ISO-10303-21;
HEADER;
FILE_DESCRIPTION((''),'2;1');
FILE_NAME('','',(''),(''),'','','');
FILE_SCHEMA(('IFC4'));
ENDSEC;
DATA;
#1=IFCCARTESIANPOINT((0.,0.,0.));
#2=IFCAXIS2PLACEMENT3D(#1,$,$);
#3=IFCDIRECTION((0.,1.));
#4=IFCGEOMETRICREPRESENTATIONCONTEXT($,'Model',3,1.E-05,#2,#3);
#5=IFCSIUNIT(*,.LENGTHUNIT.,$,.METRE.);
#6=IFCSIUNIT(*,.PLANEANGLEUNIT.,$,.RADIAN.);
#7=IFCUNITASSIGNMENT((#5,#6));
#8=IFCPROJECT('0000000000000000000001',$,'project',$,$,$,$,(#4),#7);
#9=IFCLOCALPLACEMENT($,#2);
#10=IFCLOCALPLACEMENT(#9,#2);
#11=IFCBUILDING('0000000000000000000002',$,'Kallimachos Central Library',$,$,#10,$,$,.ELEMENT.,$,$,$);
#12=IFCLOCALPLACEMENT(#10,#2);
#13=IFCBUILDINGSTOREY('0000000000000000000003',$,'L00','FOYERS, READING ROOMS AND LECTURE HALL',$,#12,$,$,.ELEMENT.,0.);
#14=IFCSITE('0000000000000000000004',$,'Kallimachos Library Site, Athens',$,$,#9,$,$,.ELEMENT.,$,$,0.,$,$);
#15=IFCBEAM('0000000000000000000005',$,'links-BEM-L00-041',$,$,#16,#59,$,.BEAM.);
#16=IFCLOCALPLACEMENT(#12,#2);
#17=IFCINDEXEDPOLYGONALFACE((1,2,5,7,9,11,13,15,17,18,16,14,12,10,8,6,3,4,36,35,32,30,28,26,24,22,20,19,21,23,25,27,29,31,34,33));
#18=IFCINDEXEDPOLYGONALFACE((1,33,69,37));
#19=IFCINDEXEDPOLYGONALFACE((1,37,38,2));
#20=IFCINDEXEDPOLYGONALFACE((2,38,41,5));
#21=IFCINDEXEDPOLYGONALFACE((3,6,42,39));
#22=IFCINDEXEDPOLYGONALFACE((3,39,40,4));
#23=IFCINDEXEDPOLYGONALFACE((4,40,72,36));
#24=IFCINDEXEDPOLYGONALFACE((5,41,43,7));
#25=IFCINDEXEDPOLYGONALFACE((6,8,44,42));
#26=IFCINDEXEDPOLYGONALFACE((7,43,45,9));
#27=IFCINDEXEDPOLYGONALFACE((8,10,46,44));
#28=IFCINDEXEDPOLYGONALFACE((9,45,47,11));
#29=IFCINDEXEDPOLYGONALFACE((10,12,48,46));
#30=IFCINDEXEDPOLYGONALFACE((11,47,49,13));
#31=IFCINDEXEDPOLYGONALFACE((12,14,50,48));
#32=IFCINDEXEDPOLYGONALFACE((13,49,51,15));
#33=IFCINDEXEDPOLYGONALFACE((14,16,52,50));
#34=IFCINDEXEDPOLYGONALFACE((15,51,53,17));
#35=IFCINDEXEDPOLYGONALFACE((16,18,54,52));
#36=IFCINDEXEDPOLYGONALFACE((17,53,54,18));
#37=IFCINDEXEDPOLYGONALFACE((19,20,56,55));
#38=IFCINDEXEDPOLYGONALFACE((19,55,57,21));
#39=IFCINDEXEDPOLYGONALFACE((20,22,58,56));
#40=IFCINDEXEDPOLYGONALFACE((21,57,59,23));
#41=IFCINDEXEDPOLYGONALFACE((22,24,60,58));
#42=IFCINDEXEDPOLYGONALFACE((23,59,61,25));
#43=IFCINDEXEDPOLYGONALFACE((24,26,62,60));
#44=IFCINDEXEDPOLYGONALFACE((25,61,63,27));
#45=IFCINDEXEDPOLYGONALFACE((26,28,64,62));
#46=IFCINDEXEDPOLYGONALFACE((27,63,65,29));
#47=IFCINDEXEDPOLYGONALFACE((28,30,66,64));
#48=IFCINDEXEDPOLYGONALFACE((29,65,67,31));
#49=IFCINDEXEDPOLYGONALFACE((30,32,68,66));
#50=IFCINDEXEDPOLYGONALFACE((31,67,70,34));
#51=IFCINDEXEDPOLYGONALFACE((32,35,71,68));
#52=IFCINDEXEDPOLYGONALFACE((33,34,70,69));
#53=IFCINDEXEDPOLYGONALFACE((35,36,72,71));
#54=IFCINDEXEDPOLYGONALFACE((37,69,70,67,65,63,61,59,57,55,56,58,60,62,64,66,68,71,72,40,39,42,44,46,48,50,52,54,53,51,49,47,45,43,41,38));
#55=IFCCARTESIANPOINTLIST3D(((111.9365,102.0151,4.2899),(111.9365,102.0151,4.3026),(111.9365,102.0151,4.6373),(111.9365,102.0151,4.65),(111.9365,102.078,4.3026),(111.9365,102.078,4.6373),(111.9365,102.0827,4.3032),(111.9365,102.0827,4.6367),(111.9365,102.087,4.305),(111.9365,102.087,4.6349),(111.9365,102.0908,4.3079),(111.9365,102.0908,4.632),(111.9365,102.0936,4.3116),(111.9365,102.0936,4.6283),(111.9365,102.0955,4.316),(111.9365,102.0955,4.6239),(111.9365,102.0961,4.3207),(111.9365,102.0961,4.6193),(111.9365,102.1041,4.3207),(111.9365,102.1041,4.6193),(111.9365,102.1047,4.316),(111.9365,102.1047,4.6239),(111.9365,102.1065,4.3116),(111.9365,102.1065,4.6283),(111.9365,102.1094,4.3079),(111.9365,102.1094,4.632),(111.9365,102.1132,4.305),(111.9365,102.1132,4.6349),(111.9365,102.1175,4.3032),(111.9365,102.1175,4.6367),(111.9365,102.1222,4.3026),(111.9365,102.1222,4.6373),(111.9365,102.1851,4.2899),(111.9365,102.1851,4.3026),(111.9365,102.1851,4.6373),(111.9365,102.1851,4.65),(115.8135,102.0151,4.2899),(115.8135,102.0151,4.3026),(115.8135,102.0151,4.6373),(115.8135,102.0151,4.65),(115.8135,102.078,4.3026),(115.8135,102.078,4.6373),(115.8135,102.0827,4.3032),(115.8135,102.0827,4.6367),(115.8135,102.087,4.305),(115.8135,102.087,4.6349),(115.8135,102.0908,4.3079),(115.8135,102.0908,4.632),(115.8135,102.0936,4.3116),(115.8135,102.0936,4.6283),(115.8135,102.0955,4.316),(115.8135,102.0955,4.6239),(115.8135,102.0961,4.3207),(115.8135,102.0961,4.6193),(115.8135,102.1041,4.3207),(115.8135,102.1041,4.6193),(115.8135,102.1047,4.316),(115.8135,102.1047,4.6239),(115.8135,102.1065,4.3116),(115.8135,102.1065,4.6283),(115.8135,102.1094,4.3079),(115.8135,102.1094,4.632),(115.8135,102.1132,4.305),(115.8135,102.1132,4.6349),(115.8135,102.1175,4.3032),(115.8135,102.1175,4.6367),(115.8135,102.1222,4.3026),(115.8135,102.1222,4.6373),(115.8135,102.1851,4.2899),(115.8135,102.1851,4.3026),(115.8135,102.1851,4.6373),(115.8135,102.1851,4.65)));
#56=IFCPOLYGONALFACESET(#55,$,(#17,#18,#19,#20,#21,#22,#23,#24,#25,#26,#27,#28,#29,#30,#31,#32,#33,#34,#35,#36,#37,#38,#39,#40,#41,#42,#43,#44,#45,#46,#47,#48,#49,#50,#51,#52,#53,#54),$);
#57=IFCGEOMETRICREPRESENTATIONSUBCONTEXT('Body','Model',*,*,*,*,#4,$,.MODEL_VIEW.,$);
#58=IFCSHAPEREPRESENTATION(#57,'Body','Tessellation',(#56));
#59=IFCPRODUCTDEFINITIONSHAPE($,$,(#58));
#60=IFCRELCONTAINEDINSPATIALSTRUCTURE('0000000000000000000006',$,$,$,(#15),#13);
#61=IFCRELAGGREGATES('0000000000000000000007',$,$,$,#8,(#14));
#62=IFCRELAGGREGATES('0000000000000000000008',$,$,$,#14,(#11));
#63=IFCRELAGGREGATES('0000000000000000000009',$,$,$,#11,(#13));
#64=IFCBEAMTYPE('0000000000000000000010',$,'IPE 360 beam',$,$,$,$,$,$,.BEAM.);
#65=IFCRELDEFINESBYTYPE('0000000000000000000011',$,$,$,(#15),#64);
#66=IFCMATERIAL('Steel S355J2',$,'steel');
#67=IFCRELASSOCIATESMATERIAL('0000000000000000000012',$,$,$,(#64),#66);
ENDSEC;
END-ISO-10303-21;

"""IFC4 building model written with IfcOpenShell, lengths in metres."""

from ifc_helpers import new_model, si_unit, direction, frame, origin, origin_2d, place, context, subcontext, project, spatial, i_section, extrude, material, material_profile, profile_set, type_object, element, save


model = new_model("IFC4")

# Units and contexts
model_context = context("Model", 3, precision=1e-05, world=origin(), true_north=direction((0.0, 1.0)))
body_context = subcontext(model_context, "Body", "Model", "MODEL_VIEW")
ifc_project = project(units=[si_unit("LENGTHUNIT", "METRE"), si_unit("PLANEANGLEUNIT", "RADIAN")], contexts=[model_context])

# Site, building, storey
site_placement = place(None, origin())
site = spatial("IfcSite", under=ifc_project, at=site_placement, Name="Kallimachos Library Site, Athens", CompositionType="ELEMENT", RefElevation=0.0)
building_placement = place(site_placement, origin())
building = spatial("IfcBuilding", under=site, at=building_placement, Name="Kallimachos Central Library", CompositionType="ELEMENT")
storey_placement = place(building_placement, origin())
storey = spatial("IfcBuildingStorey", under=building, at=storey_placement, Name="L00", Description="FOYERS, READING ROOMS AND LECTURE HALL", CompositionType="ELEMENT", Elevation=0.0)

# Beam
ifc_material_1 = material(Name="Steel S355J2", Category="steel")
ifc_material_profile_1 = material_profile(ifc_material_1, i_section(OverallWidth=0.1699, OverallDepth=0.3601, WebThickness=0.0081, FlangeThickness=0.0127, FilletRadius=0.0181, at=origin_2d()), Name="IPE 360")
ifc_profile_set_1 = profile_set([ifc_material_profile_1], Name="Steel S355J2")
beam_type_1 = type_object("IfcBeamType", Name="IPE 360 beam", PredefinedType="BEAM", material=ifc_profile_set_1)
for number, where, z_axis, x_axis, name in (
    (1, (111.9365, 102.1001, 4.47), (1.0, 0.0, 0.0), (0.0, 1.0, 0.0), "links-BEM-L00-041"),
):
    element("IfcBeam", number, at=place(storey_placement, frame(where, z_axis=z_axis, x_axis=x_axis)), inside=storey, type_object=beam_type_1, Name=name, PredefinedType="BEAM", context=body_context, shape_type="SweptSolid", body=[
        extrude(i_section(OverallWidth=0.1699, OverallDepth=0.3601, WebThickness=0.0081, FlangeThickness=0.0127, FilletRadius=0.0181, at=origin_2d()), origin(), (0.0, 0.0, 1.0), 3.877),
    ])

save(model, "model.ifc")
